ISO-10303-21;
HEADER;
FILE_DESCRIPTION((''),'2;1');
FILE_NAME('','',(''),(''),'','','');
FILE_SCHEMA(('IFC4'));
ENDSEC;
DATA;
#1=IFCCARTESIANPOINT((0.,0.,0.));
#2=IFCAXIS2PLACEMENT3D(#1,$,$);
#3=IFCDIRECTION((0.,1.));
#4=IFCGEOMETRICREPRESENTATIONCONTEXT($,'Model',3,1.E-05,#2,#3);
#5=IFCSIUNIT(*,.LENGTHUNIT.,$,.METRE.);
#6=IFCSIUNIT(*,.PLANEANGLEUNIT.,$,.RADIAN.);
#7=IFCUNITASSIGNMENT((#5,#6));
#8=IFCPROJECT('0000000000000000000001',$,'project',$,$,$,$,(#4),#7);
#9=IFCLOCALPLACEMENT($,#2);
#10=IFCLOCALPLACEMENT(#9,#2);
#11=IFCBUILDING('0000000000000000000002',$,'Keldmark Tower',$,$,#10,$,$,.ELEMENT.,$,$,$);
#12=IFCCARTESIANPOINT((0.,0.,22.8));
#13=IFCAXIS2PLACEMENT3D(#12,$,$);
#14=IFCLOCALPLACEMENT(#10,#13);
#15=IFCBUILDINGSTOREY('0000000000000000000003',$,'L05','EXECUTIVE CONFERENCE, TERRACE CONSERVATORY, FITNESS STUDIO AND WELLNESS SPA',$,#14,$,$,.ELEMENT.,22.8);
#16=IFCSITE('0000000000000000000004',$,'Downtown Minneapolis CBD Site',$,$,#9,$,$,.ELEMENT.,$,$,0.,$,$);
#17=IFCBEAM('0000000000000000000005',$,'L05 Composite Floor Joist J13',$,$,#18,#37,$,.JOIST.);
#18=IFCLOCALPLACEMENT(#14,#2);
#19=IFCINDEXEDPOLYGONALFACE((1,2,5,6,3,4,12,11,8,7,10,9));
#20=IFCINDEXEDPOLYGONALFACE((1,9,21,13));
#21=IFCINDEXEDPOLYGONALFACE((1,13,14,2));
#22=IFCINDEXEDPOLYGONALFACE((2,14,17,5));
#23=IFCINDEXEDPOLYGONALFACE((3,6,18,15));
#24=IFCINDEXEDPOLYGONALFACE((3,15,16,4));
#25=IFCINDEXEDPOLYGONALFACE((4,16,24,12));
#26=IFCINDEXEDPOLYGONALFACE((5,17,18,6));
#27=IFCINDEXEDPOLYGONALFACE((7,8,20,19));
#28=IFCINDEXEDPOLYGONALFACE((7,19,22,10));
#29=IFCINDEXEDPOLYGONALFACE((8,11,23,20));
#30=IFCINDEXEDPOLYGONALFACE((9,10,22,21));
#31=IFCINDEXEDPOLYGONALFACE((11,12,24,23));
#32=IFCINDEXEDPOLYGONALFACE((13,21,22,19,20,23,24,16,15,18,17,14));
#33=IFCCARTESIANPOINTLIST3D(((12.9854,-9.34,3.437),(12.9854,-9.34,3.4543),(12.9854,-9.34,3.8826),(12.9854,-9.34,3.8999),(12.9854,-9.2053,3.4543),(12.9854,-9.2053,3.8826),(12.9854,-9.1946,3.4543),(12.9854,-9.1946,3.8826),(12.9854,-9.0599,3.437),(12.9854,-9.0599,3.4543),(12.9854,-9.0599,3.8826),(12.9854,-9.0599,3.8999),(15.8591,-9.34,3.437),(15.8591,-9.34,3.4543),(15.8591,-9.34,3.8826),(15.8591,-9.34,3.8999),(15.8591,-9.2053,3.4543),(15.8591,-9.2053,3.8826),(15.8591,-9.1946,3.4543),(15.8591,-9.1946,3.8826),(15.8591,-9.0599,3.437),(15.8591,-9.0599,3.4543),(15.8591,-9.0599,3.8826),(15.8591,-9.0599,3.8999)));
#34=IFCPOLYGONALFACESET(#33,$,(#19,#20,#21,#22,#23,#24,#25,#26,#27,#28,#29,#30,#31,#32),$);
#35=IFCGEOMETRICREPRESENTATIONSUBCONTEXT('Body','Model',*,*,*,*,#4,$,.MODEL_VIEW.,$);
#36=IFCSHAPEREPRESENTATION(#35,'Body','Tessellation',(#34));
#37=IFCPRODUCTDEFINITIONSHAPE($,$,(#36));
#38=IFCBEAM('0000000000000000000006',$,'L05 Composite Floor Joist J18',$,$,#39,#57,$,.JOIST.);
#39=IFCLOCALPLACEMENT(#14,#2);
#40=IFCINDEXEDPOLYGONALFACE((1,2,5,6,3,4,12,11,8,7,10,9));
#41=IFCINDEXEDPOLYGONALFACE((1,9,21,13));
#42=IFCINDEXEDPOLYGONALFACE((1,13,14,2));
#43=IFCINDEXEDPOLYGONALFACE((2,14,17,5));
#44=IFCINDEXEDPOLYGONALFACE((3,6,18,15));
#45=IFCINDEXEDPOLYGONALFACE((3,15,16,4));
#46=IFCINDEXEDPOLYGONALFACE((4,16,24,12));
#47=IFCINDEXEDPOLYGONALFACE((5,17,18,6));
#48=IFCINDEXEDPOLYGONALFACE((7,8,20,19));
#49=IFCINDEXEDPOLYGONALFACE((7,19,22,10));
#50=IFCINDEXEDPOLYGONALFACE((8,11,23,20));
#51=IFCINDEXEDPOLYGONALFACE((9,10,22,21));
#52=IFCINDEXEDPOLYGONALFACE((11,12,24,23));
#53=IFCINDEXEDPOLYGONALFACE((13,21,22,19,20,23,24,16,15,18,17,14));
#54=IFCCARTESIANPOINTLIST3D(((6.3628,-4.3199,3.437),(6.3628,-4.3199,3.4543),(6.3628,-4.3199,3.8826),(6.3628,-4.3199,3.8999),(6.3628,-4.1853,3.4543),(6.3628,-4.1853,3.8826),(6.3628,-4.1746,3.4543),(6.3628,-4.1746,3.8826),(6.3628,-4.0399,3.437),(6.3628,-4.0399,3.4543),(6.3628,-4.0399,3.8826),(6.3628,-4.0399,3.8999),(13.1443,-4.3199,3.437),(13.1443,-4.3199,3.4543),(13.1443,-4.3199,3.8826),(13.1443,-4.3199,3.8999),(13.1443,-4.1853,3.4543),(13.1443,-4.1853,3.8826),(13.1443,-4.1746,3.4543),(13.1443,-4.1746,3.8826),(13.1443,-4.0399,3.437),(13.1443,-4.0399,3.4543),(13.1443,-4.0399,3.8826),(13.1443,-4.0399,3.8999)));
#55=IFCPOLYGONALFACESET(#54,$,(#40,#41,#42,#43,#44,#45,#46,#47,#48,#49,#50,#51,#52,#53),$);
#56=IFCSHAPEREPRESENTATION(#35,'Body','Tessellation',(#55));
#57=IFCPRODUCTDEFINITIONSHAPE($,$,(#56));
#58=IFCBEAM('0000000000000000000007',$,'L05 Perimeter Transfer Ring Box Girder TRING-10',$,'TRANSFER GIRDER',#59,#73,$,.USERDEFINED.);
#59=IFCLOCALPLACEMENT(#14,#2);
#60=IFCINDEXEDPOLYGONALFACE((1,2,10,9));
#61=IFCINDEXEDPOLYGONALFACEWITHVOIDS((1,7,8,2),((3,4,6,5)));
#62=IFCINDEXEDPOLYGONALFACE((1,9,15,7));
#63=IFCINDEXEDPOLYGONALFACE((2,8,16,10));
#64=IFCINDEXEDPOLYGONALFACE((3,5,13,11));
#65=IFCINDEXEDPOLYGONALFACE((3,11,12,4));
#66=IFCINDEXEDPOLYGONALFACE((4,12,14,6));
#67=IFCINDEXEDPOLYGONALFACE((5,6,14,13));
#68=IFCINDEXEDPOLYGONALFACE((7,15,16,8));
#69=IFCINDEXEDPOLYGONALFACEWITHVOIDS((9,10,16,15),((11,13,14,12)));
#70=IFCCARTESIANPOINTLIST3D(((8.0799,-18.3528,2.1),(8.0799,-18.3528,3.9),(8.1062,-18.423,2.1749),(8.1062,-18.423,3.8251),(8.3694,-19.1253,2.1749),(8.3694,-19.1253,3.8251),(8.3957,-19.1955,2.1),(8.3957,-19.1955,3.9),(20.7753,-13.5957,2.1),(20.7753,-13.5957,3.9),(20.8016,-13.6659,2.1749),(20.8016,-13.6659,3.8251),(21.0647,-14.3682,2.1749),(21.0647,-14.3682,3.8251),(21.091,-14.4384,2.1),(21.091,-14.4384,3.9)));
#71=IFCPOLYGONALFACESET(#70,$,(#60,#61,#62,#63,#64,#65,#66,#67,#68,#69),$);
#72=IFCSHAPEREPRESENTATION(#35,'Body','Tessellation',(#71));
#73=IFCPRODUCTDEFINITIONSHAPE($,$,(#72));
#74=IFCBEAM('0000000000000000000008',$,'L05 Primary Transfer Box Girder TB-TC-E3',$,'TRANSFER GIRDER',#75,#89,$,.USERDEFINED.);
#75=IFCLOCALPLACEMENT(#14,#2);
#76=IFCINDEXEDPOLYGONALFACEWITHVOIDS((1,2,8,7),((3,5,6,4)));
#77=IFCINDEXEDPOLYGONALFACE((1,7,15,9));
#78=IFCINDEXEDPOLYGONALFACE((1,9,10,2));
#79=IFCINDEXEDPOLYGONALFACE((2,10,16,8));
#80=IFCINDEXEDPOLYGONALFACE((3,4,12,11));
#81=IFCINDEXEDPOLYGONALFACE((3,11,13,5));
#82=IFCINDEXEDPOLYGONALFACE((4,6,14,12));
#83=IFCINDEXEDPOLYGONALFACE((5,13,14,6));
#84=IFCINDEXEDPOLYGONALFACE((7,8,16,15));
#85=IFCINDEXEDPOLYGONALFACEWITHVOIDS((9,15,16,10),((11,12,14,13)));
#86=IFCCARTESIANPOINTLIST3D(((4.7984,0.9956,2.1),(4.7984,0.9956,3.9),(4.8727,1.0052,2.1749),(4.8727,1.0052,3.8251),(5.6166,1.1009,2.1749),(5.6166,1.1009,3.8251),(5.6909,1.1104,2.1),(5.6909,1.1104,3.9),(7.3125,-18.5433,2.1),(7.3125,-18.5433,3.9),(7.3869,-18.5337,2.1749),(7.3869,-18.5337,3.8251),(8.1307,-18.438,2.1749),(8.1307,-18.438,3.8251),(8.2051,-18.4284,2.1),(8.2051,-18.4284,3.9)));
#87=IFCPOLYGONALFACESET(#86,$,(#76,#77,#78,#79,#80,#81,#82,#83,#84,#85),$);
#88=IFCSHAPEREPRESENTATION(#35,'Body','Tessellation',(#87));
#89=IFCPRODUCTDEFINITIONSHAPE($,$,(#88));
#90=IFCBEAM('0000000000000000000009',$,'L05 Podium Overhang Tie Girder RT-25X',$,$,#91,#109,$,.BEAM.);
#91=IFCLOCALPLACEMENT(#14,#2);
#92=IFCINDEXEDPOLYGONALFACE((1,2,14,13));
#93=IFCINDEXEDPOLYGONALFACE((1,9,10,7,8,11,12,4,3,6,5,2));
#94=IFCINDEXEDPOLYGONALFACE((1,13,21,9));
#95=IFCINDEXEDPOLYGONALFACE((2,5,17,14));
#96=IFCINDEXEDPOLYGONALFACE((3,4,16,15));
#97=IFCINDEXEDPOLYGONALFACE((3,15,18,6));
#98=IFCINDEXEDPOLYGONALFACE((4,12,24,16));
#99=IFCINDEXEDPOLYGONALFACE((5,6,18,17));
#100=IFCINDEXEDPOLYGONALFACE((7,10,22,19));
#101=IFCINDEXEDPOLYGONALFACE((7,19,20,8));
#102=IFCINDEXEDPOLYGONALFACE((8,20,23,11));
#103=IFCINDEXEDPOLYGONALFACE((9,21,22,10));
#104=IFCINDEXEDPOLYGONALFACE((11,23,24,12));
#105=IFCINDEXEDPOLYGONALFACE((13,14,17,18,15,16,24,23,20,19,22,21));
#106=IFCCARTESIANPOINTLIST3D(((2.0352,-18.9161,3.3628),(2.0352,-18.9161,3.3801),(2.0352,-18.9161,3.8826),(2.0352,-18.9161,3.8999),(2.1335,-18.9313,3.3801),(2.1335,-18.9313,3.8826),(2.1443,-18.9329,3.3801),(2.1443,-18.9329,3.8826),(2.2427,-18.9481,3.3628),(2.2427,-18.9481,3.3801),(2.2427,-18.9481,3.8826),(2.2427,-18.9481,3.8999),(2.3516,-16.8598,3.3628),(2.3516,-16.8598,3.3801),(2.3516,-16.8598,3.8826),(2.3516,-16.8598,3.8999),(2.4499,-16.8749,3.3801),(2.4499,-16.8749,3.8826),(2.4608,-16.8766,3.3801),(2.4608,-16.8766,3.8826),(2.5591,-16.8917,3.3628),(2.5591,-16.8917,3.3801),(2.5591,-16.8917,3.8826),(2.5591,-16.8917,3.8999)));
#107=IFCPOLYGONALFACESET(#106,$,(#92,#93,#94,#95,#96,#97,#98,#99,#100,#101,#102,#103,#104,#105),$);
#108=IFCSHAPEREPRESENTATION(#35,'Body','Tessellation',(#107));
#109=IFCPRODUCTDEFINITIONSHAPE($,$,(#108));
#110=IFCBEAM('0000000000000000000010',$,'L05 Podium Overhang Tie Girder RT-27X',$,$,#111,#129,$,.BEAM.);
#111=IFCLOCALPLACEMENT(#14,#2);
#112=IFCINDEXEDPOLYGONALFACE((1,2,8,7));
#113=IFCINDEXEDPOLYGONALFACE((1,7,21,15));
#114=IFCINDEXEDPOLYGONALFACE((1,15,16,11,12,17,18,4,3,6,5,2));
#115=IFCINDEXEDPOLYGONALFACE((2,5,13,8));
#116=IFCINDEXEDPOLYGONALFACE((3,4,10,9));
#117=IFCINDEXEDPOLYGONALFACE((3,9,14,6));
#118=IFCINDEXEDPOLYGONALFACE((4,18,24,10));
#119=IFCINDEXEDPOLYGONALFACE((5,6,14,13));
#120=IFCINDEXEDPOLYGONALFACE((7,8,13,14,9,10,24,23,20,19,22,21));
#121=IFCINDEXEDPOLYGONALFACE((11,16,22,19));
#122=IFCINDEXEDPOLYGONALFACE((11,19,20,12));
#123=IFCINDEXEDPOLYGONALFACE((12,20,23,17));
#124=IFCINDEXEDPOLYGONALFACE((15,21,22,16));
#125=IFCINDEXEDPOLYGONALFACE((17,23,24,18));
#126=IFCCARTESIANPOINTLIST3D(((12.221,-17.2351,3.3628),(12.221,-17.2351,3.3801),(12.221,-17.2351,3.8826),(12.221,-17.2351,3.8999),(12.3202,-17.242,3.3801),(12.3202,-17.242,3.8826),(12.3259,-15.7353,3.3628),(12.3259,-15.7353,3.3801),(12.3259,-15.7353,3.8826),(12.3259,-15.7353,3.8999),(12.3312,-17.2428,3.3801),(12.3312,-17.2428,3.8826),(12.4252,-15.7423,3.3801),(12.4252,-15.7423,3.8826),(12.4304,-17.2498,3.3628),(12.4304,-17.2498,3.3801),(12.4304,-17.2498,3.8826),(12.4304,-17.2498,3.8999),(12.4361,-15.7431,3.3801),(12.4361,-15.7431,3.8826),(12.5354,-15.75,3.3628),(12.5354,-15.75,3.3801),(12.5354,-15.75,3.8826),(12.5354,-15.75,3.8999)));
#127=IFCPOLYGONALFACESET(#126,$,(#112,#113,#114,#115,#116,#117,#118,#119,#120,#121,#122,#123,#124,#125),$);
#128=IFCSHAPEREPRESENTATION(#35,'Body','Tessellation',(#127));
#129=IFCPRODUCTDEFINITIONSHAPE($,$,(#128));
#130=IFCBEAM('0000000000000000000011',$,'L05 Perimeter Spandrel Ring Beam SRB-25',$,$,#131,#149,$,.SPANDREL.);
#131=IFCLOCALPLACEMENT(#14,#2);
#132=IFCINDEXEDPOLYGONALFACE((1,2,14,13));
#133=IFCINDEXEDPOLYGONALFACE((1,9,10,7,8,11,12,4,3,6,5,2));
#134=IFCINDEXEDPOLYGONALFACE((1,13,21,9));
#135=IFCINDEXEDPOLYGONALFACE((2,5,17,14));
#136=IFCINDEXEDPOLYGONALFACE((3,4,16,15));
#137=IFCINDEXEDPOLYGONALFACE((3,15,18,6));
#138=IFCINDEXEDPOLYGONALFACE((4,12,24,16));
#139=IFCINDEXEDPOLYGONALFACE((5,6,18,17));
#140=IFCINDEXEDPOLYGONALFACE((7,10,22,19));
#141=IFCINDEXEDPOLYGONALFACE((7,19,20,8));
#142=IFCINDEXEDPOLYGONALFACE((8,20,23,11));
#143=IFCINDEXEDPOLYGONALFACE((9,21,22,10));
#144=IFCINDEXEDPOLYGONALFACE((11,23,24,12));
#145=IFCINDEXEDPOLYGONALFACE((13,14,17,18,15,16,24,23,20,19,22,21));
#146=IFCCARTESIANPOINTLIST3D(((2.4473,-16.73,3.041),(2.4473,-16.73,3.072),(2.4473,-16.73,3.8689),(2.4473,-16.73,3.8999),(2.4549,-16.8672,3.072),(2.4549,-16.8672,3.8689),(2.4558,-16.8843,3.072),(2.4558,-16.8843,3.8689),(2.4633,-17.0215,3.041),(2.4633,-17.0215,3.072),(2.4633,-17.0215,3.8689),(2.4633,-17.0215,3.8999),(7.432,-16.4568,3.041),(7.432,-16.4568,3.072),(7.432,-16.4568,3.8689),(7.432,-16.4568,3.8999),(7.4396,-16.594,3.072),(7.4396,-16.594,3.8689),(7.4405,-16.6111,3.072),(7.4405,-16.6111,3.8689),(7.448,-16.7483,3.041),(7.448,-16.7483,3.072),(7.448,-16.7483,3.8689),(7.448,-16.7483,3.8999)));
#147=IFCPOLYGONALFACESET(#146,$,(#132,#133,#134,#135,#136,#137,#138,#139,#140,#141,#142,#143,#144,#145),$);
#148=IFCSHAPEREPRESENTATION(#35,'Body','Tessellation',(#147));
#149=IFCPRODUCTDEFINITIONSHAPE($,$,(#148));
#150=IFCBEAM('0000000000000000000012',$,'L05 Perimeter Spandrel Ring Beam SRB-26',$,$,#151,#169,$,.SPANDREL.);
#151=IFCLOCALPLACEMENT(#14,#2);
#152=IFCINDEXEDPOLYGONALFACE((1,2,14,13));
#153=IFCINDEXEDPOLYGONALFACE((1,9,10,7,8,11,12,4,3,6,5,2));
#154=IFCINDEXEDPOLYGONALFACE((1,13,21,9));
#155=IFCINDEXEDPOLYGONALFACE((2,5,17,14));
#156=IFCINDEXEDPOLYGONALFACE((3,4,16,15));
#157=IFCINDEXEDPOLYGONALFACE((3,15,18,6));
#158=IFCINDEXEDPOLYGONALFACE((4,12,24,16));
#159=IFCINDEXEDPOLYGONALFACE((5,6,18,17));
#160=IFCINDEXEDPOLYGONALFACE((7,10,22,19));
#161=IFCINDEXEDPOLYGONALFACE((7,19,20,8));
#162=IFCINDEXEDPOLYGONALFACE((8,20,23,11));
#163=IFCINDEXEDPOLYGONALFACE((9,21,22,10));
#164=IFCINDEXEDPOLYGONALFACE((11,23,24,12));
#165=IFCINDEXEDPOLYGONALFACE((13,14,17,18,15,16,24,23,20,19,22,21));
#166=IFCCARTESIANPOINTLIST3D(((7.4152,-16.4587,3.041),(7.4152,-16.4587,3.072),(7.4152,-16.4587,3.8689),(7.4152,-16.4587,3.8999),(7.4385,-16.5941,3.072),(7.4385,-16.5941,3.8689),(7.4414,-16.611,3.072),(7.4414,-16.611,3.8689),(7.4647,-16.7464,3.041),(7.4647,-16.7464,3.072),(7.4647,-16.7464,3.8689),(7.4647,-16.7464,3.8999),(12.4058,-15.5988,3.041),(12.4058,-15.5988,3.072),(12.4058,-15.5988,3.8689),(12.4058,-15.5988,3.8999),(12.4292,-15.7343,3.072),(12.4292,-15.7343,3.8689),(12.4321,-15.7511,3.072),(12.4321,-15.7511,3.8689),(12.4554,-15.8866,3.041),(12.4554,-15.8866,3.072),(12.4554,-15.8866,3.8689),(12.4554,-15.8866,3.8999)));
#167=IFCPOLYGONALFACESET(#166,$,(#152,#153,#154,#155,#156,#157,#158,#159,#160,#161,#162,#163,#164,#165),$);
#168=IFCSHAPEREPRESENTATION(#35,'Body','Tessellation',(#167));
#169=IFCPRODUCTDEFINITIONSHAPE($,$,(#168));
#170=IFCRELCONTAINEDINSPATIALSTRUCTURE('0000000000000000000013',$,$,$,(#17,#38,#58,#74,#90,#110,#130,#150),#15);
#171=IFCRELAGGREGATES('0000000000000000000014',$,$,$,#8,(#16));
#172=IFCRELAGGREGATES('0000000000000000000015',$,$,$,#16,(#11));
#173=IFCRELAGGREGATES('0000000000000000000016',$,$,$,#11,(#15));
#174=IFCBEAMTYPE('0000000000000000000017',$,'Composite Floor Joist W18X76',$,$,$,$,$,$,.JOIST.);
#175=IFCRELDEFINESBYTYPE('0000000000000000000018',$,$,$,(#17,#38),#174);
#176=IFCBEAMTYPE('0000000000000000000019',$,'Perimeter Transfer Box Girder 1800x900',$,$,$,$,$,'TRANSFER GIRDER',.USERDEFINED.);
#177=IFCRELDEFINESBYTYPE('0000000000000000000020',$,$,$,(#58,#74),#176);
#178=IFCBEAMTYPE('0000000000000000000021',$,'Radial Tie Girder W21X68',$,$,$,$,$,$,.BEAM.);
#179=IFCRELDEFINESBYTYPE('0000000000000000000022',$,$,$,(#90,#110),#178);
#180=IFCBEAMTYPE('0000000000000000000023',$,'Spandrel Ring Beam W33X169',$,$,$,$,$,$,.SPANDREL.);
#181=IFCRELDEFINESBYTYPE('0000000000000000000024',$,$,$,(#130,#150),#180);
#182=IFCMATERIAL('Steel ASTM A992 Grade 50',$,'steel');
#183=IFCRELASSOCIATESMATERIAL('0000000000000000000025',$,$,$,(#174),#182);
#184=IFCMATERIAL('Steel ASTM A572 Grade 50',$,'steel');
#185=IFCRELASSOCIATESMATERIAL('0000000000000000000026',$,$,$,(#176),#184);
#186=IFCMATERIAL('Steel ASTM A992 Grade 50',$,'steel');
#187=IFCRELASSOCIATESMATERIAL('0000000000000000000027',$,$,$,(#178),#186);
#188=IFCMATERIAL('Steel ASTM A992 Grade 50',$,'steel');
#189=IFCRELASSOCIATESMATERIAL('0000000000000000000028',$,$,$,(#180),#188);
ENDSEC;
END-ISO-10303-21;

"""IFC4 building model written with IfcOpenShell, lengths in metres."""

from ifc_helpers import new_model, si_unit, direction, frame, origin, origin_2d, place, context, subcontext, project, spatial, hollow_rectangle, i_section, extrude, material, material_profile, profile_set, type_object, element, save


model = new_model("IFC4")

# Units and contexts
model_context = context("Model", 3, precision=1e-05, world=origin(), true_north=direction((0.0, 1.0)))
body_context = subcontext(model_context, "Body", "Model", "MODEL_VIEW")
ifc_project = project(units=[si_unit("LENGTHUNIT", "METRE"), si_unit("PLANEANGLEUNIT", "RADIAN")], contexts=[model_context])

# Site, building, storey
site_placement = place(None, origin())
site = spatial("IfcSite", under=ifc_project, at=site_placement, Name="Downtown Minneapolis CBD Site", CompositionType="ELEMENT", RefElevation=0.0)
building_placement = place(site_placement, origin())
building = spatial("IfcBuilding", under=site, at=building_placement, Name="Keldmark Tower", CompositionType="ELEMENT")
storey_placement = place(building_placement, frame((0.0, 0.0, 22.8)))
storey = spatial("IfcBuildingStorey", under=building, at=storey_placement, Name="L05", Description="EXECUTIVE CONFERENCE, TERRACE CONSERVATORY, FITNESS STUDIO AND WELLNESS SPA", CompositionType="ELEMENT", Elevation=22.8)

# Beams
ifc_material_1 = material(Name="Steel ASTM A992 Grade 50", Category="steel")
ifc_material_profile_1 = material_profile(ifc_material_1, i_section(OverallWidth=0.28, OverallDepth=0.4629, WebThickness=0.0107, FlangeThickness=0.0173, at=origin_2d()), Name="W18X76")
ifc_profile_set_1 = profile_set([ifc_material_profile_1], Name="Steel ASTM A992 Grade 50")
beam_type_1 = type_object("IfcBeamType", Name="Composite Floor Joist W18X76", PredefinedType="JOIST", material=ifc_profile_set_1)
beam_1_placement = place(storey_placement, frame((12.9854, -9.2, 3.6685), z_axis=(1.0, 0.0, 0.0), x_axis=(0.0, 1.0, 0.0)))
element("IfcBeam", 1, at=beam_1_placement, inside=storey, type_object=beam_type_1, Name="L05 Composite Floor Joist J13", PredefinedType="JOIST", context=body_context, shape_type="SweptSolid", body=[
    extrude(i_section(OverallWidth=0.28, OverallDepth=0.4629, WebThickness=0.0107, FlangeThickness=0.0173, at=origin_2d()), origin(), (0.0, 0.0, 1.0), 2.8738),
])
beam_2_placement = place(storey_placement, frame((6.3628, -4.1799, 3.6685), z_axis=(1.0, 0.0, 0.0), x_axis=(0.0, 1.0, 0.0)))
element("IfcBeam", 2, at=beam_2_placement, inside=storey, type_object=beam_type_1, Name="L05 Composite Floor Joist J18", PredefinedType="JOIST", context=body_context, shape_type="SweptSolid", body=[
    extrude(i_section(OverallWidth=0.28, OverallDepth=0.4629, WebThickness=0.0107, FlangeThickness=0.0173, at=origin_2d()), origin(), (0.0, 0.0, 1.0), 6.7815),
])
ifc_material_2 = material(Name="Steel ASTM A572 Grade 50", Category="steel")
ifc_material_profile_2 = material_profile(ifc_material_2, hollow_rectangle(XDim=0.8999, YDim=1.8, WallThickness=0.075, at=origin_2d()), Name="TBOX1800X900X75")
ifc_profile_set_2 = profile_set([ifc_material_profile_2], Name="Steel ASTM A572 Grade 50")
beam_type_2 = type_object("IfcBeamType", Name="Perimeter Transfer Box Girder 1800x900", ElementType="TRANSFER GIRDER", PredefinedType="USERDEFINED", material=ifc_profile_set_2)
beam_3_placement = place(storey_placement, frame((8.2378, -18.7742, 3.0), z_axis=(0.936418, 0.350887, 0.0), x_axis=(-0.350887, 0.936418, 0.0)))
element("IfcBeam", 3, at=beam_3_placement, inside=storey, type_object=beam_type_2, Name="L05 Perimeter Transfer Ring Box Girder TRING-10", ObjectType="TRANSFER GIRDER", PredefinedType="USERDEFINED", context=body_context, shape_type="SweptSolid", body=[
    extrude(hollow_rectangle(XDim=0.8999, YDim=1.8, WallThickness=0.075, at=origin_2d()), origin(), (0.0, 0.0, 1.0), 13.5574),
])
beam_4_placement = place(storey_placement, frame((7.7588, -18.4858, 3.0), z_axis=(-0.127623, 0.991823, 0.0), x_axis=(-0.991823, -0.127623, 0.0)))
element("IfcBeam", 4, at=beam_4_placement, inside=storey, type_object=beam_type_2, Name="L05 Primary Transfer Box Girder TB-TC-E3", ObjectType="TRANSFER GIRDER", PredefinedType="USERDEFINED", context=body_context, shape_type="SweptSolid", body=[
    extrude(hollow_rectangle(XDim=0.8999, YDim=1.8, WallThickness=0.075, at=origin_2d()), origin(), (0.0, 0.0, 1.0), 19.7),
])
ifc_material_3 = material(Name="Steel ASTM A992 Grade 50", Category="steel")
ifc_material_profile_3 = material_profile(ifc_material_3, i_section(OverallWidth=0.21, OverallDepth=0.5371, WebThickness=0.011, FlangeThickness=0.0173, at=origin_2d()), Name="W21X68")
ifc_profile_set_3 = profile_set([ifc_material_profile_3], Name="Steel ASTM A992 Grade 50")
beam_type_3 = type_object("IfcBeamType", Name="Radial Tie Girder W21X68", PredefinedType="BEAM", material=ifc_profile_set_3)
beam_5_placement = place(storey_placement, frame((2.4553, -16.8757, 3.6313), z_axis=(-0.152075, -0.988369, 0.0), x_axis=(0.988369, -0.152075, 0.0)))
element("IfcBeam", 5, at=beam_5_placement, inside=storey, type_object=beam_type_3, Name="L05 Podium Overhang Tie Girder RT-25X", PredefinedType="BEAM", context=body_context, shape_type="SweptSolid", body=[
    extrude(i_section(OverallWidth=0.21, OverallDepth=0.5371, WebThickness=0.011, FlangeThickness=0.0173, at=origin_2d()), origin(), (0.0, 0.0, 1.0), 2.0806),
])
beam_6_placement = place(storey_placement, frame((12.4307, -15.7427, 3.6313), z_axis=(-0.069828, -0.997559, 0.0), x_axis=(0.997559, -0.069828, 0.0)))
element("IfcBeam", 6, at=beam_6_placement, inside=storey, type_object=beam_type_3, Name="L05 Podium Overhang Tie Girder RT-27X", PredefinedType="BEAM", context=body_context, shape_type="SweptSolid", body=[
    extrude(i_section(OverallWidth=0.21, OverallDepth=0.5371, WebThickness=0.011, FlangeThickness=0.0173, at=origin_2d()), origin(), (0.0, 0.0, 1.0), 1.5034),
])
ifc_material_4 = material(Name="Steel ASTM A992 Grade 50", Category="steel")
ifc_material_profile_4 = material_profile(ifc_material_4, i_section(OverallWidth=0.292, OverallDepth=0.8589, WebThickness=0.0171, FlangeThickness=0.031, at=origin_2d()), Name="W33X169")
ifc_profile_set_4 = profile_set([ifc_material_profile_4], Name="Steel ASTM A992 Grade 50")
beam_type_4 = type_object("IfcBeamType", Name="Spandrel Ring Beam W33X169", PredefinedType="SPANDREL", material=ifc_profile_set_4)
beam_7_placement = place(storey_placement, frame((2.4553, -16.8757, 3.4705), z_axis=(0.998501, 0.054725, 0.0), x_axis=(-0.054725, 0.998501, 0.0)))
element("IfcBeam", 7, at=beam_7_placement, inside=storey, type_object=beam_type_4, Name="L05 Perimeter Spandrel Ring Beam SRB-25", PredefinedType="SPANDREL", context=body_context, shape_type="SweptSolid", body=[
    extrude(i_section(OverallWidth=0.292, OverallDepth=0.8589, WebThickness=0.0171, FlangeThickness=0.031, at=origin_2d()), origin(), (0.0, 0.0, 1.0), 4.9922),
])
beam_8_placement = place(storey_placement, frame((7.4399, -16.6025, 3.4705), z_axis=(0.98548, 0.169791, 0.0), x_axis=(-0.169791, 0.98548, 0.0)))
element("IfcBeam", 8, at=beam_8_placement, inside=storey, type_object=beam_type_4, Name="L05 Perimeter Spandrel Ring Beam SRB-26", PredefinedType="SPANDREL", context=body_context, shape_type="SweptSolid", body=[
    extrude(i_section(OverallWidth=0.292, OverallDepth=0.8589, WebThickness=0.0171, FlangeThickness=0.031, at=origin_2d()), origin(), (0.0, 0.0, 1.0), 5.0642),
])

save(model, "model.ifc")
